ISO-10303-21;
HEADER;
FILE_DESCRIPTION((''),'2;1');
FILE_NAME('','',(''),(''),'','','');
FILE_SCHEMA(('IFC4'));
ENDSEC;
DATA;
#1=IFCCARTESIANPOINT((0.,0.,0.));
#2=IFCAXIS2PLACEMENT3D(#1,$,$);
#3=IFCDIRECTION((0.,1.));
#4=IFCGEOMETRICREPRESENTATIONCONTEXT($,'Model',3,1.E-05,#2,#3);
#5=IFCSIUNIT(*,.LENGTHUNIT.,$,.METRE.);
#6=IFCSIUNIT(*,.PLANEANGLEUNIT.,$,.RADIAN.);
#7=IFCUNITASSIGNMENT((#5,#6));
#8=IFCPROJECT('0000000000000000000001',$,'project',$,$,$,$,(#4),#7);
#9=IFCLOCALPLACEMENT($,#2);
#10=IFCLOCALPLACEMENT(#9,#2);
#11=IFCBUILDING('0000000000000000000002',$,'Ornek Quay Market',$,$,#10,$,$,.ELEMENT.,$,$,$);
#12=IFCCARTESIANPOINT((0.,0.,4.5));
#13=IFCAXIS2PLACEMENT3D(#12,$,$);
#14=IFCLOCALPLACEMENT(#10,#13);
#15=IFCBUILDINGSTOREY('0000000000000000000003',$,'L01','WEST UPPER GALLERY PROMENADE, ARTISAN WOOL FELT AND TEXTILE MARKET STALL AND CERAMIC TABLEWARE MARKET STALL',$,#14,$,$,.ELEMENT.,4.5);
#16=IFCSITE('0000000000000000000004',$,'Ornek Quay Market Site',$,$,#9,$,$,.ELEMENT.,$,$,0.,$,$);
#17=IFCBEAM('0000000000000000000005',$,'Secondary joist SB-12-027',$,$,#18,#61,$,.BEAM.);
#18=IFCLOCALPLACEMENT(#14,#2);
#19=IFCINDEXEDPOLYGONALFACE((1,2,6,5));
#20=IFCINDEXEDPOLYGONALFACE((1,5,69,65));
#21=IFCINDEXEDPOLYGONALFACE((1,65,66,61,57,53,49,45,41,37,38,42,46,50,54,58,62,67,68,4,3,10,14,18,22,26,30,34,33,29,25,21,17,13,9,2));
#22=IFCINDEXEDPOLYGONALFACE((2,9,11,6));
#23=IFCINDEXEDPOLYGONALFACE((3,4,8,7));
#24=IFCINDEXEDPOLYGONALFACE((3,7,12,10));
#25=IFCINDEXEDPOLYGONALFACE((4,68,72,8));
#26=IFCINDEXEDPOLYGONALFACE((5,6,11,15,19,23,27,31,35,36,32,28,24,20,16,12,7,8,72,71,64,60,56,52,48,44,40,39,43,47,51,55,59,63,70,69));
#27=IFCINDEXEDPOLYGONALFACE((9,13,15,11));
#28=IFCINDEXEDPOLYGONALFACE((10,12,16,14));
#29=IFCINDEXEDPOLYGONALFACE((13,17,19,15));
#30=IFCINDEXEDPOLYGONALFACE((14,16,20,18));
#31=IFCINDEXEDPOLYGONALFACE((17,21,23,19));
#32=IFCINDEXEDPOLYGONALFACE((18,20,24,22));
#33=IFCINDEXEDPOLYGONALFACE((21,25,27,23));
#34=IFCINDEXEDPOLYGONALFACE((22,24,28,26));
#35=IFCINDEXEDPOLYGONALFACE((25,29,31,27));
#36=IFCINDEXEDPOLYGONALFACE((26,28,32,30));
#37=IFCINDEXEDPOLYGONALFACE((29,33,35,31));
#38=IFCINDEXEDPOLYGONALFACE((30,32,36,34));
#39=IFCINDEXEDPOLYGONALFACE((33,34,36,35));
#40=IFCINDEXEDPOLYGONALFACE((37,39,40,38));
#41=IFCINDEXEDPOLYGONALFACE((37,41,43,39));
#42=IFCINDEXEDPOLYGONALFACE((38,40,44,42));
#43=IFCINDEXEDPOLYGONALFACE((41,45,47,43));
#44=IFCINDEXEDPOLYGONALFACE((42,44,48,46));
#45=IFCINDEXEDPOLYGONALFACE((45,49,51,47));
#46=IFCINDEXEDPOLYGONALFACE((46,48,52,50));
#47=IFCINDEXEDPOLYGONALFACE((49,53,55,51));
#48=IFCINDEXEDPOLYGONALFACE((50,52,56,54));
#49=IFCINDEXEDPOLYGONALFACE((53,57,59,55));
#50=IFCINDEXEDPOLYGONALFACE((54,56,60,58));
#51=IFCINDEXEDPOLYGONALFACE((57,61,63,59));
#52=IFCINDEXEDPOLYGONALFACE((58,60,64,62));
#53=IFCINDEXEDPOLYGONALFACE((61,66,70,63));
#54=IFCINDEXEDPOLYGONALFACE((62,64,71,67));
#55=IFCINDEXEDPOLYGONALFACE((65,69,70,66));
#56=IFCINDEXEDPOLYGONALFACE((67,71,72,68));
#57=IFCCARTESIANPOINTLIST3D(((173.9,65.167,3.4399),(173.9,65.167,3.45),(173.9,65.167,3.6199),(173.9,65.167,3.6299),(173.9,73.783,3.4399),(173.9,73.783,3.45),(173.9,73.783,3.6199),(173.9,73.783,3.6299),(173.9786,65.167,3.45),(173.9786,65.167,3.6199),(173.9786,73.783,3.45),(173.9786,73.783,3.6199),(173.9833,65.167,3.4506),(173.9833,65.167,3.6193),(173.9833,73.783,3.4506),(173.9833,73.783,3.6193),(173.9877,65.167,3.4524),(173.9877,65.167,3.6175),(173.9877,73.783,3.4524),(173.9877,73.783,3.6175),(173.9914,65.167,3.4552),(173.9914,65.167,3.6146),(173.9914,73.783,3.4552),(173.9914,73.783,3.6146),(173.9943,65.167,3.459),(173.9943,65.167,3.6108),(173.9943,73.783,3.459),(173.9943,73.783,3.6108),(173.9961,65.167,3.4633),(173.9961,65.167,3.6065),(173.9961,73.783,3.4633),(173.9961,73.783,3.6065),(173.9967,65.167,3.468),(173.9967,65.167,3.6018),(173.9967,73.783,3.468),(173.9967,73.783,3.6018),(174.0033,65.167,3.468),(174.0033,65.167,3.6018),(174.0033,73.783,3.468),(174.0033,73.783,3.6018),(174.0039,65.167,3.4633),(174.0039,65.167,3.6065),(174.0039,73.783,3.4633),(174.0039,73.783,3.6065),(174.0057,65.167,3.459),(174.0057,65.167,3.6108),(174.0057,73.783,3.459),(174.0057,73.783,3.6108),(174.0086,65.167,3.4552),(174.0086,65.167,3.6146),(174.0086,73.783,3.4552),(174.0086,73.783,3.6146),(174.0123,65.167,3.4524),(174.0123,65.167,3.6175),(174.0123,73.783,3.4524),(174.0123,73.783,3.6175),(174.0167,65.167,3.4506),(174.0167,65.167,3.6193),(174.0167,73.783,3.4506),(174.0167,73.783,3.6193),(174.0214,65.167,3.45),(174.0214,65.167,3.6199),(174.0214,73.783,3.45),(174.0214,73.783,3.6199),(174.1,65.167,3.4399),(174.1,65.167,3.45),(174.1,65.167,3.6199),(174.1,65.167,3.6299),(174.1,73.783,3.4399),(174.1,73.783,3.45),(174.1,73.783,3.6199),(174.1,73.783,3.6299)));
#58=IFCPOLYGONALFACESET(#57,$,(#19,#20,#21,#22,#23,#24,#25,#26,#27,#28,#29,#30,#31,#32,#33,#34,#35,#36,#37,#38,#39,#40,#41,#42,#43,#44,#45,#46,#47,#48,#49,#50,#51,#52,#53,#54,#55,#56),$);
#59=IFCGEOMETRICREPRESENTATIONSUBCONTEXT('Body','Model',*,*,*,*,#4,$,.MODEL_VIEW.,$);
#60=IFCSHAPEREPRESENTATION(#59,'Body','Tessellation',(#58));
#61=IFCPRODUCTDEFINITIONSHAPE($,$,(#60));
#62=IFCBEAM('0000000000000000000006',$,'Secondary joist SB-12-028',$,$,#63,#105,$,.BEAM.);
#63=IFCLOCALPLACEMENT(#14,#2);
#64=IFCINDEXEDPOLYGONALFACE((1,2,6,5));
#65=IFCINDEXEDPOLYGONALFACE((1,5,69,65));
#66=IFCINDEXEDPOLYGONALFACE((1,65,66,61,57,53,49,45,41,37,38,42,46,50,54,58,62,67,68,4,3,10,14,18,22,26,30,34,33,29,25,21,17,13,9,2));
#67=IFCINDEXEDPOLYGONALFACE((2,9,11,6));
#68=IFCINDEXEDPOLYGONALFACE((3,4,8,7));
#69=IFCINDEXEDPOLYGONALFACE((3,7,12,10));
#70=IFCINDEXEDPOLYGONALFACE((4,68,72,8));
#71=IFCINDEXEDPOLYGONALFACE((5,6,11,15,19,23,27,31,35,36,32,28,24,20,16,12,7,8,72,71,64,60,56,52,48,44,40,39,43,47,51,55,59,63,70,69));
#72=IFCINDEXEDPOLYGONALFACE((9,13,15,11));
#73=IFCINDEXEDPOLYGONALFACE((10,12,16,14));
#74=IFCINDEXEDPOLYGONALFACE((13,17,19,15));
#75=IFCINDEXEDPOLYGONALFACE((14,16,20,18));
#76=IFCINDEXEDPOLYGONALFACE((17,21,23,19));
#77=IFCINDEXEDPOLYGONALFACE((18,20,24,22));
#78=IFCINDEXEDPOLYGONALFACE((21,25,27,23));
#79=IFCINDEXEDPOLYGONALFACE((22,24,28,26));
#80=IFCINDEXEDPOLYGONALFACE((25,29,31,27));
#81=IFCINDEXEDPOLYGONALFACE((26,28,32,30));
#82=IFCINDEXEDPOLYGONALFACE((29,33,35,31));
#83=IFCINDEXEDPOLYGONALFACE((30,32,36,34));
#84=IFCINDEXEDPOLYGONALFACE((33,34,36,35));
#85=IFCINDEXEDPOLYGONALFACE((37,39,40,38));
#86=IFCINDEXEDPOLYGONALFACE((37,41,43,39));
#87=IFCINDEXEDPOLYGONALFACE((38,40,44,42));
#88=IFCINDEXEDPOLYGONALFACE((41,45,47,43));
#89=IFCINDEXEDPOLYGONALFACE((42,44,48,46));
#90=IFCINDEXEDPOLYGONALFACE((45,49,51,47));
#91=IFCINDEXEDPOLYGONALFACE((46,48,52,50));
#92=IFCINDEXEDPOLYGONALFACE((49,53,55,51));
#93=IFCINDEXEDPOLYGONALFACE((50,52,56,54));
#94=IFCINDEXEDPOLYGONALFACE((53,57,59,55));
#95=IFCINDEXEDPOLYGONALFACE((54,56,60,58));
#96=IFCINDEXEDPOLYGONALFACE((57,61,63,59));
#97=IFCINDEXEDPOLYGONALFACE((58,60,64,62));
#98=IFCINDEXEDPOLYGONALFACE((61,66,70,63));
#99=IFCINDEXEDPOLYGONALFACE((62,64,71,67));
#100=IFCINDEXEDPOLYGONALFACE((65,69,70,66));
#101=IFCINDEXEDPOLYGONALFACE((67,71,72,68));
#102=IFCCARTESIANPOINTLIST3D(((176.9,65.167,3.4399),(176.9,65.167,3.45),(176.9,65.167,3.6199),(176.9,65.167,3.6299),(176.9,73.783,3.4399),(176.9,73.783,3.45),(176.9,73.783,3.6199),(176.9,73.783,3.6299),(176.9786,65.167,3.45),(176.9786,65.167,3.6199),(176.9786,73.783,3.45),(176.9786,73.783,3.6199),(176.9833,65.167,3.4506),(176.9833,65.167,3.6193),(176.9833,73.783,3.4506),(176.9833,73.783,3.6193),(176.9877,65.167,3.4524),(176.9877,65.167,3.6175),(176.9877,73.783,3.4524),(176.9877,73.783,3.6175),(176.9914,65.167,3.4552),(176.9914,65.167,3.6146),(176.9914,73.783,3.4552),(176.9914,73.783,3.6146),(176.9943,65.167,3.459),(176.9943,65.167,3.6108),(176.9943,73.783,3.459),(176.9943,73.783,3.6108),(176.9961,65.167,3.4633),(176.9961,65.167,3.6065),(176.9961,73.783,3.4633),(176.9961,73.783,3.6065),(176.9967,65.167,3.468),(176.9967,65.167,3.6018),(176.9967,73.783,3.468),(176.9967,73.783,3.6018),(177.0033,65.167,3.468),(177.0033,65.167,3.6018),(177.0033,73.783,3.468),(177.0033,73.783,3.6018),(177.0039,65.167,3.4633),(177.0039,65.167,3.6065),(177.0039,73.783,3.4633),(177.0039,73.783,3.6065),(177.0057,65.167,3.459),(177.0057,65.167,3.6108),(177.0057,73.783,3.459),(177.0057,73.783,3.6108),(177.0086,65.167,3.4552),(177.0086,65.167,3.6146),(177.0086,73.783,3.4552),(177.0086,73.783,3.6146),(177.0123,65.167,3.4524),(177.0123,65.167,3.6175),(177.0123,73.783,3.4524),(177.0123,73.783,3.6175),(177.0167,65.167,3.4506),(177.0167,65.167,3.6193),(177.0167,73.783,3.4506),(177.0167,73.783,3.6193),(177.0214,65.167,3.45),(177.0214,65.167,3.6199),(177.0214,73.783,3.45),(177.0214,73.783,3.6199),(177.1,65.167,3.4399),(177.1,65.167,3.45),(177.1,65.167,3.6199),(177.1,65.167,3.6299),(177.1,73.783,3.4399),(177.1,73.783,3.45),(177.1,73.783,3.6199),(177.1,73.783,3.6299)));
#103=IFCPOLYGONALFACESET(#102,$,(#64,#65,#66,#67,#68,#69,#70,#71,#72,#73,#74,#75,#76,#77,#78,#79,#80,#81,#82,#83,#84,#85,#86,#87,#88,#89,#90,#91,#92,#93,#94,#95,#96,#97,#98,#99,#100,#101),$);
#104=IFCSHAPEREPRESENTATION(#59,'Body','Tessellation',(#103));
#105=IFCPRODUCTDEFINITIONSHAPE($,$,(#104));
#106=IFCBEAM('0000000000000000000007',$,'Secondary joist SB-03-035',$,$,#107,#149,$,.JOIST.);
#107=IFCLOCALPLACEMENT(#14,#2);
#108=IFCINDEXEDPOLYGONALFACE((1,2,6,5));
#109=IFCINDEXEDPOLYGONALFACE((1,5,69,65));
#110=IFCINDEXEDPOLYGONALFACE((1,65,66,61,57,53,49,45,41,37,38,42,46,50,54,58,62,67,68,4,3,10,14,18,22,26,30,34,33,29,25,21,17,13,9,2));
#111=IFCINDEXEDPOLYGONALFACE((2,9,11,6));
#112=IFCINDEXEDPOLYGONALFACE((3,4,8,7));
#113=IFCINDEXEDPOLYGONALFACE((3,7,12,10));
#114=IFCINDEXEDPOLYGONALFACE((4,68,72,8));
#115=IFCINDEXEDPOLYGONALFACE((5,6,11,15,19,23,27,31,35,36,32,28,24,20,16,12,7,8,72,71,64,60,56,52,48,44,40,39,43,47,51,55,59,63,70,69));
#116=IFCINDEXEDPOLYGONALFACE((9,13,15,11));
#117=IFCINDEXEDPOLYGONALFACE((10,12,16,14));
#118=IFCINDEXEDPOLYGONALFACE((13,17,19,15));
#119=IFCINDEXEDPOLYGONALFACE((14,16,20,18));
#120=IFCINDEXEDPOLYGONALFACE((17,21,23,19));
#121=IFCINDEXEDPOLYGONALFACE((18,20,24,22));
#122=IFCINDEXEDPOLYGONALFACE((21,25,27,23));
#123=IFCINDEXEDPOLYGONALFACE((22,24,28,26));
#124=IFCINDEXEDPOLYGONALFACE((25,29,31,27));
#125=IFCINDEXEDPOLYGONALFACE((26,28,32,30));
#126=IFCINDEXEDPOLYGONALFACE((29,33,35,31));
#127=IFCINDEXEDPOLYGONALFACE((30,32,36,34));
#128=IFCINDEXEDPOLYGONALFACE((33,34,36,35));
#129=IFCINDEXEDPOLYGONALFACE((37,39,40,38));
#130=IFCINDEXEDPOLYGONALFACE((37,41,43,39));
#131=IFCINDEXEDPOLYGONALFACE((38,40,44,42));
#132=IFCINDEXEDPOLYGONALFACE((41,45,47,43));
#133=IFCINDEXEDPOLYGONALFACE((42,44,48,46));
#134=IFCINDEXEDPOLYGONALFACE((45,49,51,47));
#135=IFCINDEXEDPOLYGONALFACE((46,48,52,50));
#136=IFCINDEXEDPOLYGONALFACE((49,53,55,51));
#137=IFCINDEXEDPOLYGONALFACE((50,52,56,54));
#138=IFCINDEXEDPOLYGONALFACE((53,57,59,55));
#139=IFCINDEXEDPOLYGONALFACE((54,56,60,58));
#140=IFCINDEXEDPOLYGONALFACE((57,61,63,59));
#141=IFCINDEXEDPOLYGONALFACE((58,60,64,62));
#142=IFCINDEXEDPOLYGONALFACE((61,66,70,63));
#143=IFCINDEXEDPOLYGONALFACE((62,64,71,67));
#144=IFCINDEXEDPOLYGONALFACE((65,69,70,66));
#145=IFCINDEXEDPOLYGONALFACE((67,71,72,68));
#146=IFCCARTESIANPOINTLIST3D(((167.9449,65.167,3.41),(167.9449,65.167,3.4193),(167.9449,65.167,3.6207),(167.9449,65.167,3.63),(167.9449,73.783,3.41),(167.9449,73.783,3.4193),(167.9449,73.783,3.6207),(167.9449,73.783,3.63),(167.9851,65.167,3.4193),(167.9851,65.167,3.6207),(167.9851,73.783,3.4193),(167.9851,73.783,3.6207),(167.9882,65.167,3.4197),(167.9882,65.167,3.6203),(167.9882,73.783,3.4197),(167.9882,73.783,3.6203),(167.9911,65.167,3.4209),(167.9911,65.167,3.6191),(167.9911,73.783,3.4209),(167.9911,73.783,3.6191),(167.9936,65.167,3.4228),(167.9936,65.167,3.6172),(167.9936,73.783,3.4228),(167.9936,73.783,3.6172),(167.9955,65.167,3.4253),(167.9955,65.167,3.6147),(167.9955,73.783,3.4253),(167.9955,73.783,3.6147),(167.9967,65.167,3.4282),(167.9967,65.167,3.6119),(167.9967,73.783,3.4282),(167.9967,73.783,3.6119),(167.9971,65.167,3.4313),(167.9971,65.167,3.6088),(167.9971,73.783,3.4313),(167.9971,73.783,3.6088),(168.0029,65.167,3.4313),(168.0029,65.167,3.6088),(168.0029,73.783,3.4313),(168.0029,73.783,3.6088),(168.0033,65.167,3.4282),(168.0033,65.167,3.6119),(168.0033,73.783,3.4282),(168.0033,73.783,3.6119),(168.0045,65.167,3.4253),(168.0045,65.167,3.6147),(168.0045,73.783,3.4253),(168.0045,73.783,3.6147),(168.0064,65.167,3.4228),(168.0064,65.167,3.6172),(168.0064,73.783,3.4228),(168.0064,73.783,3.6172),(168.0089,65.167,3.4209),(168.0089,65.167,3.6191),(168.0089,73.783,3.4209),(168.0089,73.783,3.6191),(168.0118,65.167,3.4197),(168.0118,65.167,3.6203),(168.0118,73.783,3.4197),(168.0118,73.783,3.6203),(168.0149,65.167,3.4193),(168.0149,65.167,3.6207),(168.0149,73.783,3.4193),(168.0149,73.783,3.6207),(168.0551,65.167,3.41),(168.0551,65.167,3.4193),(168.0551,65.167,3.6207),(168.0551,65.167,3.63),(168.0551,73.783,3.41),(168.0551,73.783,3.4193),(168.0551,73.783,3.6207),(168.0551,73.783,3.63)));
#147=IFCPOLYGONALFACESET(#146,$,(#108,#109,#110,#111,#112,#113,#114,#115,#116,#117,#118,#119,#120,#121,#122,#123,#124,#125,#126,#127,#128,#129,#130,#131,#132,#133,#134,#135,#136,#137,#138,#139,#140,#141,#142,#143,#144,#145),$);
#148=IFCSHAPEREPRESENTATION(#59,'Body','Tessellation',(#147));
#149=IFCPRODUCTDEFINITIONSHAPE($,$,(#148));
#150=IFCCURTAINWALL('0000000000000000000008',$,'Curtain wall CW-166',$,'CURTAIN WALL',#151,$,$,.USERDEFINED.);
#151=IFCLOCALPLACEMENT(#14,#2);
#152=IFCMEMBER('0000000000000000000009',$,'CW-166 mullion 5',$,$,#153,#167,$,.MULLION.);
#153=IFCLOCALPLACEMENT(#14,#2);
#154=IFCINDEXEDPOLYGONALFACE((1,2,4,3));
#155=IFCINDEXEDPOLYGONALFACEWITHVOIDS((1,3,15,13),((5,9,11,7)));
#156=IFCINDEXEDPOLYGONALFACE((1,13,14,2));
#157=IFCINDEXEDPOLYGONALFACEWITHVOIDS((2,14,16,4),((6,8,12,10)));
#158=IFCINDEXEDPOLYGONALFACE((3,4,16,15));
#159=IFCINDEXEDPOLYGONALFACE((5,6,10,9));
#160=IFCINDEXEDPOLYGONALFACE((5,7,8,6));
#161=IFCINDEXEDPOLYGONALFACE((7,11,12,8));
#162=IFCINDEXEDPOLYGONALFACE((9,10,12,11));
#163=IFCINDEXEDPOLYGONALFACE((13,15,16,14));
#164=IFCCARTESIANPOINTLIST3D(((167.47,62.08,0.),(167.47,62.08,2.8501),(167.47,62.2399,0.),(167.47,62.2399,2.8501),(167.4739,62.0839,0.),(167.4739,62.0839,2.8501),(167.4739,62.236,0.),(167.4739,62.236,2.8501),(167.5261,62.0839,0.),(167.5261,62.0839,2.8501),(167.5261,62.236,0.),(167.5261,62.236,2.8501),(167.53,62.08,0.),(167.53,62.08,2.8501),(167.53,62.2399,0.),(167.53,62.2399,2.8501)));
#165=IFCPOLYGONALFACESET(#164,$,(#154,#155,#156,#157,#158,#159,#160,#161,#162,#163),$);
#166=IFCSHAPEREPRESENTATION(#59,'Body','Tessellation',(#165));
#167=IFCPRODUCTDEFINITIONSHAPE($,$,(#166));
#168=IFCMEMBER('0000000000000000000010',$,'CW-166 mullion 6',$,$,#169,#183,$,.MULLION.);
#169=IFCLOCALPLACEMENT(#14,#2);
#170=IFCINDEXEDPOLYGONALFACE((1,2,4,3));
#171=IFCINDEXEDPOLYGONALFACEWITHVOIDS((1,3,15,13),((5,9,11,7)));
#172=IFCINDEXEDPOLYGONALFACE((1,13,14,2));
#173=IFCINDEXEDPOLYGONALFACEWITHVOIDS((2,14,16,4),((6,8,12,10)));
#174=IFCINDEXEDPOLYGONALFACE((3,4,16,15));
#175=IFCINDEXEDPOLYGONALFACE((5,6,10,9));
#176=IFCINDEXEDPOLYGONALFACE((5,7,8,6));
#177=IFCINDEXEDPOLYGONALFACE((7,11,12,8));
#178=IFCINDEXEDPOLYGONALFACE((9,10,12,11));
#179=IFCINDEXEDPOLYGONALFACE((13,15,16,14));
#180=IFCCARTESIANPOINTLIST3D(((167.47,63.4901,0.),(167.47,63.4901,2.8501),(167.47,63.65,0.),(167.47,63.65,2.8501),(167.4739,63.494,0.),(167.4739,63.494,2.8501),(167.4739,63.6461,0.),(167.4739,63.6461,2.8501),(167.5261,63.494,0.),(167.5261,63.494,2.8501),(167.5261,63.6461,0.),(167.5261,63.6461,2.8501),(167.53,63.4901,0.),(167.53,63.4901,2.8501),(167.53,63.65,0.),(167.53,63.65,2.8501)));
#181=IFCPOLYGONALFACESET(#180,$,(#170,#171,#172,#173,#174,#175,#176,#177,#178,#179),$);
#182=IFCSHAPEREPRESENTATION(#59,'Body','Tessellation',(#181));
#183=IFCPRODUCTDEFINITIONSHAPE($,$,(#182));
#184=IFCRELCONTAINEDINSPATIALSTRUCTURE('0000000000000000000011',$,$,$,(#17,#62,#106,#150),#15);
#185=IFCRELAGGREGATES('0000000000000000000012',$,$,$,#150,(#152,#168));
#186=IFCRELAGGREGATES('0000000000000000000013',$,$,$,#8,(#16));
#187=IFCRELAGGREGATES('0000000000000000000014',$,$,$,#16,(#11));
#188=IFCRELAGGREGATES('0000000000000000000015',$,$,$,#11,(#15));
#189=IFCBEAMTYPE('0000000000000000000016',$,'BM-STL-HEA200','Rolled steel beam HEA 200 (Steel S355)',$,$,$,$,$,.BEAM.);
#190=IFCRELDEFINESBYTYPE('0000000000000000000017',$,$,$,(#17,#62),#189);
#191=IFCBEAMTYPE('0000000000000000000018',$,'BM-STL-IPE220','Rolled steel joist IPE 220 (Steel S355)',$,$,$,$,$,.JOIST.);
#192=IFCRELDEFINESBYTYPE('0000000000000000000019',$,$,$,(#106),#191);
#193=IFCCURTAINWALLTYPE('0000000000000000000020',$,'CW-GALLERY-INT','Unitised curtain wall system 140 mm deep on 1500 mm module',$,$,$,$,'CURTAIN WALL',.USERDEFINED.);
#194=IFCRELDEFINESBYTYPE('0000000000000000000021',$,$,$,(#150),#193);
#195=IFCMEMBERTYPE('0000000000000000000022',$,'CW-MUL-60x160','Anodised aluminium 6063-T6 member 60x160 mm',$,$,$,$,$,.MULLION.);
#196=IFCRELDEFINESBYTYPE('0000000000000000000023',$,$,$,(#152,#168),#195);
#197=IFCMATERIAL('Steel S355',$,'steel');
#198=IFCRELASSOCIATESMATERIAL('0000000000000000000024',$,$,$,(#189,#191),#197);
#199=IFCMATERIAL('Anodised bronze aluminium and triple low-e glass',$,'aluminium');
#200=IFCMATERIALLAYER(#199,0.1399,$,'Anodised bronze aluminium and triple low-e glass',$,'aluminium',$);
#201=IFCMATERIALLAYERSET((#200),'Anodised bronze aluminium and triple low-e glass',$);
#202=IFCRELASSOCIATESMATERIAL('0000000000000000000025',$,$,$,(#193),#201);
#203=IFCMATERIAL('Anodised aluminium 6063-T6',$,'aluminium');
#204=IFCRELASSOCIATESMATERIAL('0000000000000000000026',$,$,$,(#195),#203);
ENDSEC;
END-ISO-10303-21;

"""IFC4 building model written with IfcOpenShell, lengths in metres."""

from ifc_helpers import new_model, si_unit, direction, frame, origin, origin_2d, place, context, subcontext, project, spatial, hollow_rectangle, i_section, extrude, material, layer, layer_set, material_profile, profile_set, type_object, element, aggregate, save


model = new_model("IFC4")

# Units and contexts
model_context = context("Model", 3, precision=1e-05, world=origin(), true_north=direction((0.0, 1.0)))
body_context = subcontext(model_context, "Body", "Model", "MODEL_VIEW")
ifc_project = project(units=[si_unit("LENGTHUNIT", "METRE"), si_unit("PLANEANGLEUNIT", "RADIAN")], contexts=[model_context])

# Site, building, storey
site_placement = place(None, origin())
site = spatial("IfcSite", under=ifc_project, at=site_placement, Name="Ornek Quay Market Site", CompositionType="ELEMENT", RefElevation=0.0)
building_placement = place(site_placement, origin())
building = spatial("IfcBuilding", under=site, at=building_placement, Name="Ornek Quay Market", CompositionType="ELEMENT")
storey_placement = place(building_placement, frame((0.0, 0.0, 4.5)))
storey = spatial("IfcBuildingStorey", under=building, at=storey_placement, Name="L01", Description="WEST UPPER GALLERY PROMENADE, ARTISAN WOOL FELT AND TEXTILE MARKET STALL AND CERAMIC TABLEWARE MARKET STALL", CompositionType="ELEMENT", Elevation=4.5)

# Beams
ifc_material_1 = material(Name="Steel S355", Category="steel")
ifc_material_profile_1 = material_profile(ifc_material_1, i_section(OverallWidth=0.2, OverallDepth=0.1899, WebThickness=0.0066, FlangeThickness=0.01, FilletRadius=0.0181, at=origin_2d()), Name="HEA 200", Category="steel")
ifc_profile_set_1 = profile_set([ifc_material_profile_1], Name="Steel S355")
beam_type_1 = type_object("IfcBeamType", Name="BM-STL-HEA200", Description="Rolled steel beam HEA 200 (Steel S355)", PredefinedType="BEAM", material=ifc_profile_set_1)
for number, where, z_axis, x_axis, name in (
    (1, (174.0, 65.167, 3.5349), (0.0, 1.0, 0.0), (-1.0, 0.0, 0.0), "Secondary joist SB-12-027"),
    (2, (177.0, 65.167, 3.5349), (0.0, 1.0, 0.0), (-1.0, 0.0, 0.0), "Secondary joist SB-12-028"),
):
    element("IfcBeam", number, at=place(storey_placement, frame(where, z_axis=z_axis, x_axis=x_axis)), inside=storey, type_object=beam_type_1, Name=name, PredefinedType="BEAM", context=body_context, shape_type="SweptSolid", body=[
        extrude(i_section(OverallWidth=0.2, OverallDepth=0.1899, WebThickness=0.0066, FlangeThickness=0.01, FilletRadius=0.0181, at=origin_2d()), origin(), (0.0, 0.0, 1.0), 8.616),
    ])
ifc_material_profile_2 = material_profile(ifc_material_1, i_section(OverallWidth=0.1101, OverallDepth=0.22, WebThickness=0.0059, FlangeThickness=0.0093, FilletRadius=0.012, at=origin_2d()), Name="IPE 220", Category="steel")
ifc_profile_set_2 = profile_set([ifc_material_profile_2], Name="Steel S355")
beam_type_2 = type_object("IfcBeamType", Name="BM-STL-IPE220", Description="Rolled steel joist IPE 220 (Steel S355)", PredefinedType="JOIST", material=ifc_profile_set_2)
beam_1_placement = place(storey_placement, frame((168.0, 65.167, 3.52), z_axis=(0.0, 1.0, 0.0), x_axis=(-1.0, 0.0, 0.0)))
element("IfcBeam", 3, at=beam_1_placement, inside=storey, type_object=beam_type_2, Name="Secondary joist SB-03-035", PredefinedType="JOIST", context=body_context, shape_type="SweptSolid", body=[
    extrude(i_section(OverallWidth=0.1101, OverallDepth=0.22, WebThickness=0.0059, FlangeThickness=0.0093, FilletRadius=0.012, at=origin_2d()), origin(), (0.0, 0.0, 1.0), 8.616),
])

# Curtain wall, members
ifc_material_2 = material(Name="Anodised bronze aluminium and triple low-e glass", Category="aluminium")
ifc_layer_1 = layer(ifc_material_2, 0.1399, Name="Anodised bronze aluminium and triple low-e glass", Category="aluminium")
ifc_layer_set_1 = layer_set([ifc_layer_1], Name="Anodised bronze aluminium and triple low-e glass")
curtain_wall_type = type_object("IfcCurtainWallType", Name="CW-GALLERY-INT", Description="Unitised curtain wall system 140 mm deep on 1500 mm module", ElementType="CURTAIN WALL", PredefinedType="USERDEFINED", material=ifc_layer_set_1)
curtain_wall_placement = place(storey_placement, origin())
curtain_wall = element("IfcCurtainWall", 4, at=curtain_wall_placement, inside=storey, type_object=curtain_wall_type, Name="Curtain wall CW-166", ObjectType="CURTAIN WALL", PredefinedType="USERDEFINED")
ifc_material_3 = material(Name="Anodised aluminium 6063-T6", Category="aluminium")
ifc_material_profile_3 = material_profile(ifc_material_3, hollow_rectangle(XDim=0.0601, YDim=0.1599, WallThickness=0.0039, at=origin_2d()), Name="CW-MUL-60x160", Category="aluminium")
ifc_profile_set_3 = profile_set([ifc_material_profile_3], Name="Anodised aluminium 6063-T6")
member_type_1 = type_object("IfcMemberType", Name="CW-MUL-60x160", Description="Anodised aluminium 6063-T6 member 60x160 mm", PredefinedType="MULLION", material=ifc_profile_set_3)
member_1_placement = place(storey_placement, frame((167.5, 62.1599, 0.0), z_axis=(0.0, 0.0, 1.0), x_axis=(-1.0, 0.0, 0.0)))
member_1 = element("IfcMember", 5, at=member_1_placement, type_object=member_type_1, Name="CW-166 mullion 5", PredefinedType="MULLION", context=body_context, shape_type="SweptSolid", body=[
    extrude(hollow_rectangle(XDim=0.0601, YDim=0.1599, WallThickness=0.0039, at=origin_2d()), origin(), (0.0, 0.0, 1.0), 2.8501),
])
member_2_placement = place(storey_placement, frame((167.5, 63.5701, 0.0), z_axis=(0.0, 0.0, 1.0), x_axis=(-1.0, 0.0, 0.0)))
member_2 = element("IfcMember", 6, at=member_2_placement, type_object=member_type_1, Name="CW-166 mullion 6", PredefinedType="MULLION", context=body_context, shape_type="SweptSolid", body=[
    extrude(hollow_rectangle(XDim=0.0601, YDim=0.1599, WallThickness=0.0039, at=origin_2d()), origin(), (0.0, 0.0, 1.0), 2.8501),
])
aggregate(curtain_wall, [member_1, member_2])

save(model, "model.ifc")
